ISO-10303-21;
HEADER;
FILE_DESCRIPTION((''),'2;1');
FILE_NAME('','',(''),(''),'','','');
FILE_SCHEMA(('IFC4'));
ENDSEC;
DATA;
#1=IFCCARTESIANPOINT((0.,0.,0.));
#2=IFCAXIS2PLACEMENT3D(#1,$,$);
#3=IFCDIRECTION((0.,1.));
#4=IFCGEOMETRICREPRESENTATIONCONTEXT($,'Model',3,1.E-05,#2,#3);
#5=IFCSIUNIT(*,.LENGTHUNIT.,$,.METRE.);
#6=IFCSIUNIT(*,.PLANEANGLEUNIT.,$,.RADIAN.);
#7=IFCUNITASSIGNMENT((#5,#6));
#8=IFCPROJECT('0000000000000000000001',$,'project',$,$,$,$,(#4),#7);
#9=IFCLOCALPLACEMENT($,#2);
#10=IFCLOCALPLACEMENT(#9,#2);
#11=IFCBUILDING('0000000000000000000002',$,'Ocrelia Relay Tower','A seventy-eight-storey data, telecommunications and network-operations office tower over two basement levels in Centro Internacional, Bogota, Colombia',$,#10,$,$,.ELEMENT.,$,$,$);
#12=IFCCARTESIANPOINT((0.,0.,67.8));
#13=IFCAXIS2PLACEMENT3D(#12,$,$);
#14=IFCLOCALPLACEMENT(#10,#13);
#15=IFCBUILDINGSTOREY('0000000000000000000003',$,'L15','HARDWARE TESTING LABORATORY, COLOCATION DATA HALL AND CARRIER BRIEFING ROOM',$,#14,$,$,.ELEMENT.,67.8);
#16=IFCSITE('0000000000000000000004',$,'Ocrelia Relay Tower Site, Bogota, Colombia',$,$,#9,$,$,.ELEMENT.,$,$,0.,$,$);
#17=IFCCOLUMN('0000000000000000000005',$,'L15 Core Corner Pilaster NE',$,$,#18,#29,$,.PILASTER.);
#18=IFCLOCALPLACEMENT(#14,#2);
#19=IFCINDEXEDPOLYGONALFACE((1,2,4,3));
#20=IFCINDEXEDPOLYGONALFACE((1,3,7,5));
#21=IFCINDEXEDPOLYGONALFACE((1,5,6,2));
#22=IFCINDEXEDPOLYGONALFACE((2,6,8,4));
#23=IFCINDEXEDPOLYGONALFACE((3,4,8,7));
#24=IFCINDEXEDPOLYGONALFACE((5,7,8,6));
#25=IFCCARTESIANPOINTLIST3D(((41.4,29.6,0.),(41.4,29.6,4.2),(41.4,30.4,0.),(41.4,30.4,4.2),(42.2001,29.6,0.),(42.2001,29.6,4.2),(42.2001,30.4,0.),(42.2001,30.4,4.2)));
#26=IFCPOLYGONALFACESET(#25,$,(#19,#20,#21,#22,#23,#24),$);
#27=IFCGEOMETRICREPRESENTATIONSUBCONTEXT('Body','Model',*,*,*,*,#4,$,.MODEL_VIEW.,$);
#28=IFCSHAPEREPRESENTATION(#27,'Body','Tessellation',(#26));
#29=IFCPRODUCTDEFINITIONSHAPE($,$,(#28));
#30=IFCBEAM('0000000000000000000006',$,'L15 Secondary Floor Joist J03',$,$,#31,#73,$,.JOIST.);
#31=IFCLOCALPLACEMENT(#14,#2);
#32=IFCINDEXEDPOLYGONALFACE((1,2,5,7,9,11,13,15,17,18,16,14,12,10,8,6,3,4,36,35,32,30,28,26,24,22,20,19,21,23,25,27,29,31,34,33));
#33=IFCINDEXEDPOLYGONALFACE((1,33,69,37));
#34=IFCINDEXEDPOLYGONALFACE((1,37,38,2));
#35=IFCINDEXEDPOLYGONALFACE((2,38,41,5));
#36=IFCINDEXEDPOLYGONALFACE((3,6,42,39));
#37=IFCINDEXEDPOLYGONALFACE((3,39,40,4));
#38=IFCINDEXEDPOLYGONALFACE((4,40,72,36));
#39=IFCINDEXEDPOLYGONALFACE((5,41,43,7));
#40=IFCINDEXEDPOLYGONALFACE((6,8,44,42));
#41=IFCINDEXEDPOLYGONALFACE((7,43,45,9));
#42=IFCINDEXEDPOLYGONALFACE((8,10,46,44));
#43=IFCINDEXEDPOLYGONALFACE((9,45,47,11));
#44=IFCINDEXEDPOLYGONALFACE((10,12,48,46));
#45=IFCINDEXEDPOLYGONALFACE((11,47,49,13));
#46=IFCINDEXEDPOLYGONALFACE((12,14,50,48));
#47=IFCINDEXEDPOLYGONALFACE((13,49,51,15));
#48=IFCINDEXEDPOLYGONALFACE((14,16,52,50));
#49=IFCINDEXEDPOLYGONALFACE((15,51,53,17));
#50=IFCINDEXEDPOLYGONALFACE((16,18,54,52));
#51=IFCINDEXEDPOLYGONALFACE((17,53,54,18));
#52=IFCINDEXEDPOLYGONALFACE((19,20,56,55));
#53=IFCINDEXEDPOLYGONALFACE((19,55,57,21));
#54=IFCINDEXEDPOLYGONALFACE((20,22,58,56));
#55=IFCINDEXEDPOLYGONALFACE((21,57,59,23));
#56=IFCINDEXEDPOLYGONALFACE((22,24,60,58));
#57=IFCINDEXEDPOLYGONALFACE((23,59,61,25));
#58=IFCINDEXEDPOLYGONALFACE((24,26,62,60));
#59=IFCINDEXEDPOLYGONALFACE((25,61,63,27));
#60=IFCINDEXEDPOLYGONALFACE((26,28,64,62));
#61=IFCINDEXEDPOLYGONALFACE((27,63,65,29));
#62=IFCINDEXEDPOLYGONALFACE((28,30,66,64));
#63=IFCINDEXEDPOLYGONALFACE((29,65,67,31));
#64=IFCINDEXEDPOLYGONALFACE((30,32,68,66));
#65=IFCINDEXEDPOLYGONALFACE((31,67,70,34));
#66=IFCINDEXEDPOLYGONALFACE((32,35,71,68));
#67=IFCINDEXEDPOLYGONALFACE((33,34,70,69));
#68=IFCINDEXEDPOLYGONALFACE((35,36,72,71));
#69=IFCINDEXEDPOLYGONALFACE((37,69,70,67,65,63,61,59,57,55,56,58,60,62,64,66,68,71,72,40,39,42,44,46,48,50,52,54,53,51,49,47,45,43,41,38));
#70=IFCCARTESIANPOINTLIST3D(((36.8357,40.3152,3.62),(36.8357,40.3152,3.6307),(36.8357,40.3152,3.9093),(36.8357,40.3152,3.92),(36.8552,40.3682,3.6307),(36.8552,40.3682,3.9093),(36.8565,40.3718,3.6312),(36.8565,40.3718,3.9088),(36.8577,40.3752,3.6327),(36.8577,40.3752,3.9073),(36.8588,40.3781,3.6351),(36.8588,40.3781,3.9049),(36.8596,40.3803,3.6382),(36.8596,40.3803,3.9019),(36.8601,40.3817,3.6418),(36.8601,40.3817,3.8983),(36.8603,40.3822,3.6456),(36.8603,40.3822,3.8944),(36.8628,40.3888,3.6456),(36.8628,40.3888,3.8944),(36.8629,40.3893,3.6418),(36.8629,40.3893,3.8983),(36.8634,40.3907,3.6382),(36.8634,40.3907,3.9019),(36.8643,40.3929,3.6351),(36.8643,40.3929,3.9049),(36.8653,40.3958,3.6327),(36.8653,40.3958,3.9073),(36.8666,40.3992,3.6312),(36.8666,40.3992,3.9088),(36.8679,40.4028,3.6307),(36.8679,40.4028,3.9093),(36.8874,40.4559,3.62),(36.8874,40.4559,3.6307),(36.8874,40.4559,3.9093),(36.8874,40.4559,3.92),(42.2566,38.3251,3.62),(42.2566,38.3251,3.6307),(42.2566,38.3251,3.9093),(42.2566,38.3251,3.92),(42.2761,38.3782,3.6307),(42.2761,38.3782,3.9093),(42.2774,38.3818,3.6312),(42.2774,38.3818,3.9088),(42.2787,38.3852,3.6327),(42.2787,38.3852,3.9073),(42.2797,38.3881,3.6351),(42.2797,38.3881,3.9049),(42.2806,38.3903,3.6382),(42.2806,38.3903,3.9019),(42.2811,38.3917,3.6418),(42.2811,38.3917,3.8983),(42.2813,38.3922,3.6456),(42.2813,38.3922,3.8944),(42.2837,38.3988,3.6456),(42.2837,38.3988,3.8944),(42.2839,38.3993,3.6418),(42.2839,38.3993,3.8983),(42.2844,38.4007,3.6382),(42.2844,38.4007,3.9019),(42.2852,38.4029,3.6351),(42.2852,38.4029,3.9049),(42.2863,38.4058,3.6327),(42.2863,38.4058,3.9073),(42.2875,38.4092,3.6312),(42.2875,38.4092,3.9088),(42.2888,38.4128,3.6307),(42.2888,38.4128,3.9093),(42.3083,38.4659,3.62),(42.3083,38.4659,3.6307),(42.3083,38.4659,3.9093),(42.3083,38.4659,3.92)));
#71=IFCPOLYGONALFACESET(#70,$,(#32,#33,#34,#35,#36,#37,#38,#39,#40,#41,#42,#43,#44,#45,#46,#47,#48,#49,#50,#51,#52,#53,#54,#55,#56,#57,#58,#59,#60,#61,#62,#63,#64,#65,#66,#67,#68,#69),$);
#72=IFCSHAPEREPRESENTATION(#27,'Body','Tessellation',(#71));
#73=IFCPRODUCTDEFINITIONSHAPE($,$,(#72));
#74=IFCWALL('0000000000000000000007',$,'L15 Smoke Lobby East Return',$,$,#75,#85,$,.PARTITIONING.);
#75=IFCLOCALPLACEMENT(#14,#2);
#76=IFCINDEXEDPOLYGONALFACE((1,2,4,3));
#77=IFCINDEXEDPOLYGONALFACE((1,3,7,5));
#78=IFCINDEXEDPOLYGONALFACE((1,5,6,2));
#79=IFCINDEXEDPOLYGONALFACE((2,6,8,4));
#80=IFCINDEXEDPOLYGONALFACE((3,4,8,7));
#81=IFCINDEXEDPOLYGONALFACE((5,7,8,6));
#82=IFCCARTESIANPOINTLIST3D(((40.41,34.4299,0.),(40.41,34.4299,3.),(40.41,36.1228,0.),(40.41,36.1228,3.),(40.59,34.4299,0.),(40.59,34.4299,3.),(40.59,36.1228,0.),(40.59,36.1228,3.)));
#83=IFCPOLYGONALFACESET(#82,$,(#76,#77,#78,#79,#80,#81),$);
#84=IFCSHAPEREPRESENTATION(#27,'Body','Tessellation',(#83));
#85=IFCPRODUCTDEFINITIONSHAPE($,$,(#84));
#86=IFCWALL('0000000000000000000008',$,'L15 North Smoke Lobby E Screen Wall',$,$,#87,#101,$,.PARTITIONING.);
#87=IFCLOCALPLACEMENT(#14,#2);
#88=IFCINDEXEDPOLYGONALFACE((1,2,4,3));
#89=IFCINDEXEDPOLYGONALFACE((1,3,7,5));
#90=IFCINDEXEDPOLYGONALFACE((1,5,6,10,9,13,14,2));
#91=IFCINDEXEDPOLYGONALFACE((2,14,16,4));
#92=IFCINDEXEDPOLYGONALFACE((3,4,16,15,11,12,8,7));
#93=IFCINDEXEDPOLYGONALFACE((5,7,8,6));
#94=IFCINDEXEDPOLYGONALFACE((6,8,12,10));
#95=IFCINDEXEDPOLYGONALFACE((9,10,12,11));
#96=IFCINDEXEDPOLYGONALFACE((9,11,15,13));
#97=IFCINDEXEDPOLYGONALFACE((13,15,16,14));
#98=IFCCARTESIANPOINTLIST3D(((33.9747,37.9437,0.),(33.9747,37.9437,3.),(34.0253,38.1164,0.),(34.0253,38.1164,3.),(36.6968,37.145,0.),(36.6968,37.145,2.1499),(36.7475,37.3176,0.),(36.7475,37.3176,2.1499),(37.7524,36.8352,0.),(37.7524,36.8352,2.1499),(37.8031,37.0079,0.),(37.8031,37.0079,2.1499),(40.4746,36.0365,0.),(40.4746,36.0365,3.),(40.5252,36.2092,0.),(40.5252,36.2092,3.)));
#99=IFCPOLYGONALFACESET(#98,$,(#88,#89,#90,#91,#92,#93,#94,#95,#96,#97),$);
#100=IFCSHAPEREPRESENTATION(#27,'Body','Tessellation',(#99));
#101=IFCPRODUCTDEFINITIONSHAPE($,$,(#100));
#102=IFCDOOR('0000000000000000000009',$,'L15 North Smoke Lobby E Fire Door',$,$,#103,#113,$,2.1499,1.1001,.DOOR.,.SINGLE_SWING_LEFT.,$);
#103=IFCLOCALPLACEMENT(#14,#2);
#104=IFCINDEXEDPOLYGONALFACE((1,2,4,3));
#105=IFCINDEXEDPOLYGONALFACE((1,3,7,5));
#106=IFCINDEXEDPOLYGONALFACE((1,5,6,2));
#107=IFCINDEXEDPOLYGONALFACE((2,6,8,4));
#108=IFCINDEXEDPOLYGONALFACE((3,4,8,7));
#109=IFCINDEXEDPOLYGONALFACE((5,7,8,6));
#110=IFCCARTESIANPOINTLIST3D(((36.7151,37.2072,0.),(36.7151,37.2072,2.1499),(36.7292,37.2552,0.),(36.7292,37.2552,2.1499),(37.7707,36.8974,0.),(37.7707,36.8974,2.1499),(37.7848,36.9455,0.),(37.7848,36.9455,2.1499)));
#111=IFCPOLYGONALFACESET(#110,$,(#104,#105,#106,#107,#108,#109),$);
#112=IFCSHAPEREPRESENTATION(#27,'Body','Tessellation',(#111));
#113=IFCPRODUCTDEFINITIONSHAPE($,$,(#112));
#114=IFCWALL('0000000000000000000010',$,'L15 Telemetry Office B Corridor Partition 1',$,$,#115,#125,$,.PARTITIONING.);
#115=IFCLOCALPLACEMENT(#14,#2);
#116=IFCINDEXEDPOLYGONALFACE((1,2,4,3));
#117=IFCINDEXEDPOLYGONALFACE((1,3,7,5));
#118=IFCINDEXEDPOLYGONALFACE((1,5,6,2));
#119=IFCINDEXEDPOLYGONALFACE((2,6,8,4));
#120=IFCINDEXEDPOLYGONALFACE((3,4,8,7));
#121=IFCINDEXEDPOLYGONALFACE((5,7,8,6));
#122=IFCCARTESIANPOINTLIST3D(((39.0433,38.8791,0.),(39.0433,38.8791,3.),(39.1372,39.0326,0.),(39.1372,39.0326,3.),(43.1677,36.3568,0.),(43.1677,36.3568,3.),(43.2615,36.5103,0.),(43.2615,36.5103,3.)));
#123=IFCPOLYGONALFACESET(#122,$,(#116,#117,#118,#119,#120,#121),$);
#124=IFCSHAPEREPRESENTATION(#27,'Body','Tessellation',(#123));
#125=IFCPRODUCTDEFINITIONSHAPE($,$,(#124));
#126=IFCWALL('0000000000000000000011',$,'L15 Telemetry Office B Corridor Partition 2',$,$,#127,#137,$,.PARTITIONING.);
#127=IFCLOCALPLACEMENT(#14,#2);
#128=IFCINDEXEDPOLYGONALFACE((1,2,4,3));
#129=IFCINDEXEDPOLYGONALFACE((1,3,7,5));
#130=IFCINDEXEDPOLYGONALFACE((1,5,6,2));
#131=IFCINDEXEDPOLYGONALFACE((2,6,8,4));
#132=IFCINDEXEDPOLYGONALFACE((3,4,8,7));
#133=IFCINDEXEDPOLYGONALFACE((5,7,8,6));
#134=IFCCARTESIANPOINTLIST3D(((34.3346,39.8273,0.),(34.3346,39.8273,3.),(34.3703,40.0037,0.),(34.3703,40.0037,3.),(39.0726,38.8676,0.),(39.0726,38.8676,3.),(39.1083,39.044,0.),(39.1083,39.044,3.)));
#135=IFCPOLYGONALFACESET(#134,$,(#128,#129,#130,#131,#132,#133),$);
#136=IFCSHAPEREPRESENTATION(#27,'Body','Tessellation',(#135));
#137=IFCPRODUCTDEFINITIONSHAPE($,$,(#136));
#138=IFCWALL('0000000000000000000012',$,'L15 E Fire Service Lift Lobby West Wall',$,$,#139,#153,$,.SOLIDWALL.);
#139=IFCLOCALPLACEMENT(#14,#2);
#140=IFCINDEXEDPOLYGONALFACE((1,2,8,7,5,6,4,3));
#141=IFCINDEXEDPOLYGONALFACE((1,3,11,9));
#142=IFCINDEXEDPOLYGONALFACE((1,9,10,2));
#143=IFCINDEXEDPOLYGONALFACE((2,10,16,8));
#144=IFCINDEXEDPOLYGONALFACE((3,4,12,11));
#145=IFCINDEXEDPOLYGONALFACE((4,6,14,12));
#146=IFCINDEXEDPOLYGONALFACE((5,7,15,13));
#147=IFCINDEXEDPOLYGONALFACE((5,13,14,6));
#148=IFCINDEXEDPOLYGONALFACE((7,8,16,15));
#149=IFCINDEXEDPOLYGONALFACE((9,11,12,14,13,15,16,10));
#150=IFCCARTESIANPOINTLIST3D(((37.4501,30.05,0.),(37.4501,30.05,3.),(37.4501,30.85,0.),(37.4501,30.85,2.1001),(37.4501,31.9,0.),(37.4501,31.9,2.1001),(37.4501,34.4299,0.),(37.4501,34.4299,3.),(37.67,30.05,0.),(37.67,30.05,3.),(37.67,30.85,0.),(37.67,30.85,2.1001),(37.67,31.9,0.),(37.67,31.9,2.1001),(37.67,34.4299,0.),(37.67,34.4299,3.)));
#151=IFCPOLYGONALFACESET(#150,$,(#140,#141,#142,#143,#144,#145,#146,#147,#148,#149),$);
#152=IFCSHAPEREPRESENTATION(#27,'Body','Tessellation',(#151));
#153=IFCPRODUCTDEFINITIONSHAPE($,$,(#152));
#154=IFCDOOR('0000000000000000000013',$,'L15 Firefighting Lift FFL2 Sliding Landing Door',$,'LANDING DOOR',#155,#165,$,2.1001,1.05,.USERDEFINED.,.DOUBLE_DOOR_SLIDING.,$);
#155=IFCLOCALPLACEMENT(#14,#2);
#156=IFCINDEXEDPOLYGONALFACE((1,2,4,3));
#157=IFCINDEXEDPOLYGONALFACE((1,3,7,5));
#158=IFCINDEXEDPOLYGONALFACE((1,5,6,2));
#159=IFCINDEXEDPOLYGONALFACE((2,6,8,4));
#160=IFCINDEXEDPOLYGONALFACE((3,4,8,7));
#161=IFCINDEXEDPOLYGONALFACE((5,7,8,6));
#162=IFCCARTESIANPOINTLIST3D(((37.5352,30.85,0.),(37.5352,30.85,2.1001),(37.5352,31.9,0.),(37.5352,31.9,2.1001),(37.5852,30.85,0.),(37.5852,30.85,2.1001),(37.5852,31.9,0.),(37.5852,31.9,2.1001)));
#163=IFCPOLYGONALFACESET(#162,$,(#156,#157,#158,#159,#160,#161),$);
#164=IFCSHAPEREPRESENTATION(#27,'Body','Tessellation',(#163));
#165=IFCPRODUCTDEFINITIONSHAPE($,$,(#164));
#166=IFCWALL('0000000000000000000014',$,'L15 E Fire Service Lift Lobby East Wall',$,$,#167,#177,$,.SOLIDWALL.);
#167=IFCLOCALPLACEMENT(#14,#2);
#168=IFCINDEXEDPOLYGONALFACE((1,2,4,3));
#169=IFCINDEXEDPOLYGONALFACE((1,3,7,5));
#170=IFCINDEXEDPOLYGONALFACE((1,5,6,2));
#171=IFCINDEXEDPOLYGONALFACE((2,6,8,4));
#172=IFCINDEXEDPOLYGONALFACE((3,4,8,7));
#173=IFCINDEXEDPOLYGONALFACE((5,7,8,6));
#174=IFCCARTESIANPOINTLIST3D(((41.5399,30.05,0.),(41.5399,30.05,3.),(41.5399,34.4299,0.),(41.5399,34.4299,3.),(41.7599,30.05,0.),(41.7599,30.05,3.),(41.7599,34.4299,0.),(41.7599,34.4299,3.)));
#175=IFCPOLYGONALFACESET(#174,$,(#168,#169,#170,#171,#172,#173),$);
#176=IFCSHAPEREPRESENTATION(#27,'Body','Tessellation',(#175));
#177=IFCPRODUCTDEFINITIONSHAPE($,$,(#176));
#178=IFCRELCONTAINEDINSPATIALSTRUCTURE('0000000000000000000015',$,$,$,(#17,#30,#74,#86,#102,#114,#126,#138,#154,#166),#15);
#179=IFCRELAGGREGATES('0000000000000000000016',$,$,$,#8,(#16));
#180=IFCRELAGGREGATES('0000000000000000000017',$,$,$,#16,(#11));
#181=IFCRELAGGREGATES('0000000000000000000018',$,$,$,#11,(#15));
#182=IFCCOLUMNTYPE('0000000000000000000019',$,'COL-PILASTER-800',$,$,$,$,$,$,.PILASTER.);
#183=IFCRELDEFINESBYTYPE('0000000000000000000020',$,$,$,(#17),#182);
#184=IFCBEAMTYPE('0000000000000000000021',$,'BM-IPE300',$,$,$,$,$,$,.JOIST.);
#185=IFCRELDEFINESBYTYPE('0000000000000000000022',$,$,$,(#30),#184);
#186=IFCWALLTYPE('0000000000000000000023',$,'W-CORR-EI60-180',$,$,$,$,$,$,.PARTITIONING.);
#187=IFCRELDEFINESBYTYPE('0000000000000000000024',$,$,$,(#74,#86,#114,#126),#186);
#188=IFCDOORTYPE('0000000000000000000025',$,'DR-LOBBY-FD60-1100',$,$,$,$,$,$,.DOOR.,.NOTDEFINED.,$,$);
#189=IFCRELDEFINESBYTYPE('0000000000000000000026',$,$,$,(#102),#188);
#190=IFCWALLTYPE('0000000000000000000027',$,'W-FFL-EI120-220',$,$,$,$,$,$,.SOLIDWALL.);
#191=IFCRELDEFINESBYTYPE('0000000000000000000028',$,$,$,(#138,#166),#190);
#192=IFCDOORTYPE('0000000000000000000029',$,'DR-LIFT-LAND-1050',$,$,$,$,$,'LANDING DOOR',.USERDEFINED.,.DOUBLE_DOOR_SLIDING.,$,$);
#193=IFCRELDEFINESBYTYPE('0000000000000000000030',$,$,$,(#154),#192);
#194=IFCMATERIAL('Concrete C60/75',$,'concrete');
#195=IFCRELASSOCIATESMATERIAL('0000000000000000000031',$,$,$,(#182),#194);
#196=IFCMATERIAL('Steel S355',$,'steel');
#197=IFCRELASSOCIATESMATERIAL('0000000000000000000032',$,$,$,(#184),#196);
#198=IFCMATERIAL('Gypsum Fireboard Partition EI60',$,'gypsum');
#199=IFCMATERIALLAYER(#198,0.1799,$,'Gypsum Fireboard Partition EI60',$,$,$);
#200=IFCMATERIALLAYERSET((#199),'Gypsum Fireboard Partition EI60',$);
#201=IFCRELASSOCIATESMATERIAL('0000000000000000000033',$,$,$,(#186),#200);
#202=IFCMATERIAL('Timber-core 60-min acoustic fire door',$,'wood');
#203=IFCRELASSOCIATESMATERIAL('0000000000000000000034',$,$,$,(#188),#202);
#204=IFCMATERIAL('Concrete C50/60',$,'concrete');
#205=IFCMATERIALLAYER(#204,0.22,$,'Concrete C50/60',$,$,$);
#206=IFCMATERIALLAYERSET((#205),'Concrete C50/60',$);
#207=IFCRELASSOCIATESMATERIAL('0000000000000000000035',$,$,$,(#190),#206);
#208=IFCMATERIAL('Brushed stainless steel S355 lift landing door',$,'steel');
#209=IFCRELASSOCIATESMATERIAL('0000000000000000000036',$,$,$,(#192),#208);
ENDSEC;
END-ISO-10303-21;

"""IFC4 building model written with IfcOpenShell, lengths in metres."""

from ifc_helpers import new_model, si_unit, direction, frame, frame_2d, origin, origin_2d, place, context, subcontext, project, spatial, rectangle, i_section, extrude, material, layer, layer_set, material_profile, profile_set, type_object, element, fill, save


model = new_model("IFC4")

# Units and contexts
model_context = context("Model", 3, precision=1e-05, world=origin(), true_north=direction((0.0, 1.0)))
body_context = subcontext(model_context, "Body", "Model", "MODEL_VIEW")
ifc_project = project(units=[si_unit("LENGTHUNIT", "METRE"), si_unit("PLANEANGLEUNIT", "RADIAN")], contexts=[model_context])

# Site, building, storey
site_placement = place(None, origin())
site = spatial("IfcSite", under=ifc_project, at=site_placement, Name="Ocrelia Relay Tower Site, Bogota, Colombia", CompositionType="ELEMENT", RefElevation=0.0)
building_placement = place(site_placement, origin())
building = spatial("IfcBuilding", under=site, at=building_placement, Name="Ocrelia Relay Tower", Description="A seventy-eight-storey data, telecommunications and network-operations office tower over two basement levels in Centro Internacional, Bogota, Colombia", CompositionType="ELEMENT")
storey_placement = place(building_placement, frame((0.0, 0.0, 67.8)))
storey = spatial("IfcBuildingStorey", under=building, at=storey_placement, Name="L15", Description="HARDWARE TESTING LABORATORY, COLOCATION DATA HALL AND CARRIER BRIEFING ROOM", CompositionType="ELEMENT", Elevation=67.8)

# Column
ifc_material_1 = material(Name="Concrete C60/75", Category="concrete")
ifc_material_profile_1 = material_profile(ifc_material_1, rectangle(XDim=0.8, YDim=0.8, at=origin_2d()), Name="RC-COL-800x800")
ifc_profile_set_1 = profile_set([ifc_material_profile_1], Name="Concrete C60/75")
column_type = type_object("IfcColumnType", Name="COL-PILASTER-800", PredefinedType="PILASTER", material=ifc_profile_set_1)
column_placement = place(storey_placement, frame((41.8, 30.0, 0.0), z_axis=(0.0, 0.0, 1.0), x_axis=(1.0, 0.0, 0.0)))
element("IfcColumn", 1, at=column_placement, inside=storey, type_object=column_type, Name="L15 Core Corner Pilaster NE", PredefinedType="PILASTER", context=body_context, shape_type="SweptSolid", body=[
    extrude(rectangle(XDim=0.8, YDim=0.8, at=origin_2d()), origin(), (0.0, 0.0, 1.0), 4.2),
])

# Beam
ifc_material_2 = material(Name="Steel S355", Category="steel")
ifc_material_profile_2 = material_profile(ifc_material_2, i_section(OverallWidth=0.1499, OverallDepth=0.3, WebThickness=0.0071, FlangeThickness=0.0107, FilletRadius=0.0149, at=origin_2d()), Name="IPE 300")
ifc_profile_set_2 = profile_set([ifc_material_profile_2], Name="Steel S355")
beam_type = type_object("IfcBeamType", Name="BM-IPE300", PredefinedType="JOIST", material=ifc_profile_set_2)
beam_placement = place(storey_placement, frame((42.2825, 38.3955, 3.77), z_axis=(-0.938746, 0.34461, 0.0), x_axis=(-0.34461, -0.938746, 0.0)))
element("IfcBeam", 2, at=beam_placement, inside=storey, type_object=beam_type, Name="L15 Secondary Floor Joist J03", PredefinedType="JOIST", context=body_context, shape_type="SweptSolid", body=[
    extrude(i_section(OverallWidth=0.1499, OverallDepth=0.3, WebThickness=0.0071, FlangeThickness=0.0107, FilletRadius=0.0149, at=origin_2d()), origin(), (0.0, 0.0, 1.0), 5.7747),
])

# Wall
ifc_material_3 = material(Name="Gypsum Fireboard Partition EI60", Category="gypsum")
ifc_layer_1 = layer(ifc_material_3, 0.1799, Name="Gypsum Fireboard Partition EI60")
ifc_layer_set_1 = layer_set([ifc_layer_1], Name="Gypsum Fireboard Partition EI60")
wall_type_1 = type_object("IfcWallType", Name="W-CORR-EI60-180", PredefinedType="PARTITIONING", material=ifc_layer_set_1)
wall_1_placement = place(storey_placement, frame((40.5, 36.1228, 0.0), z_axis=(0.0, 0.0, 1.0), x_axis=(0.0, -1.0, 0.0)))
element("IfcWall", 3, at=wall_1_placement, inside=storey, type_object=wall_type_1, Name="L15 Smoke Lobby East Return", PredefinedType="PARTITIONING", context=body_context, shape_type="SweptSolid", body=[
    extrude(rectangle(XDim=1.6929, YDim=0.1799, at=frame_2d((0.8464, 0.0))), origin(), (0.0, 0.0, 1.0), 3.0),
])

# Wall, opening, door
wall_2_placement = place(storey_placement, frame((34.0, 38.03, 0.0), z_axis=(0.0, 0.0, 1.0), x_axis=(0.959547, -0.28155, 0.0)))
wall_2 = element("IfcWall", 4, at=wall_2_placement, inside=storey, type_object=wall_type_1, Name="L15 North Smoke Lobby E Screen Wall", PredefinedType="PARTITIONING", context=body_context, shape_type="SweptSolid", body=[
    extrude(rectangle(XDim=6.7739, YDim=0.1799, at=frame_2d((3.387, 0.0))), origin(), (0.0, 0.0, 1.0), 3.0),
])
opening_1_placement = place(wall_2_placement, frame((2.8369, 0.0, 0.0)))
opening_1 = element("IfcOpeningElement", 5, at=opening_1_placement, cuts=wall_2, PredefinedType="OPENING", context=body_context, shape_type="SweptSolid", body=[
    extrude(rectangle(XDim=1.1001, YDim=2.1499, at=frame_2d((0.55, 1.075))), frame((0.0, 0.1001, 0.0), z_axis=(0.0, -1.0, 0.0), x_axis=(1.0, 0.0, 0.0)), (0.0, 0.0, 1.0), 0.2),
])
ifc_material_4 = material(Name="Timber-core 60-min acoustic fire door", Category="wood")
door_type_1 = type_object("IfcDoorType", Name="DR-LOBBY-FD60-1100", OperationType="NOTDEFINED", PredefinedType="DOOR", material=ifc_material_4)
door_1_placement = place(opening_1_placement, origin())
door_1 = element("IfcDoor", 6, at=door_1_placement, inside=storey, type_object=door_type_1, Name="L15 North Smoke Lobby E Fire Door", OperationType="SINGLE_SWING_LEFT", OverallHeight=2.1499, OverallWidth=1.1001, PredefinedType="DOOR", context=body_context, shape_type="SweptSolid", body=[
    extrude(rectangle(XDim=1.1001, YDim=2.1499, at=frame_2d((0.55, 1.075))), frame((0.0, 0.0249, 0.0), z_axis=(0.0, -1.0, 0.0), x_axis=(1.0, 0.0, 0.0)), (0.0, 0.0, 1.0), 0.05),
])
fill(opening_1, door_1)

# Walls
wall_3_placement = place(storey_placement, frame((43.2146, 36.4336, 0.0), z_axis=(0.0, 0.0, 1.0), x_axis=(-0.853113, 0.521726, 0.0)))
element("IfcWall", 7, at=wall_3_placement, inside=storey, type_object=wall_type_1, Name="L15 Telemetry Office B Corridor Partition 1", PredefinedType="PARTITIONING", context=body_context, shape_type="SweptSolid", body=[
    extrude(rectangle(XDim=4.8345, YDim=0.1799, at=frame_2d((2.4172, 0.0))), origin(), (0.0, 0.0, 1.0), 3.0),
])
wall_4_placement = place(storey_placement, frame((39.0903, 38.9558, 0.0), z_axis=(0.0, 0.0, 1.0), x_axis=(-0.980096, 0.198524, 0.0)))
element("IfcWall", 8, at=wall_4_placement, inside=storey, type_object=wall_type_1, Name="L15 Telemetry Office B Corridor Partition 2", PredefinedType="PARTITIONING", context=body_context, shape_type="SweptSolid", body=[
    extrude(rectangle(XDim=4.8342, YDim=0.1799, at=frame_2d((2.417, 0.0))), origin(), (0.0, 0.0, 1.0), 3.0),
])

# Wall, opening, door
ifc_material_5 = material(Name="Concrete C50/60", Category="concrete")
ifc_layer_2 = layer(ifc_material_5, 0.22, Name="Concrete C50/60")
ifc_layer_set_2 = layer_set([ifc_layer_2], Name="Concrete C50/60")
wall_type_2 = type_object("IfcWallType", Name="W-FFL-EI120-220", PredefinedType="SOLIDWALL", material=ifc_layer_set_2)
wall_5_placement = place(storey_placement, frame((37.5601, 30.05, 0.0), z_axis=(0.0, 0.0, 1.0), x_axis=(0.0, 1.0, 0.0)))
wall_5 = element("IfcWall", 9, at=wall_5_placement, inside=storey, type_object=wall_type_2, Name="L15 E Fire Service Lift Lobby West Wall", PredefinedType="SOLIDWALL", context=body_context, shape_type="SweptSolid", body=[
    extrude(rectangle(XDim=4.3799, YDim=0.22, at=frame_2d((2.1899, 0.0))), origin(), (0.0, 0.0, 1.0), 3.0),
])
opening_2_placement = place(wall_5_placement, frame((0.8, 0.0, 0.0)))
opening_2 = element("IfcOpeningElement", 10, at=opening_2_placement, cuts=wall_5, PredefinedType="OPENING", context=body_context, shape_type="SweptSolid", body=[
    extrude(rectangle(XDim=1.05, YDim=2.1001, at=frame_2d((0.5249, 1.05))), frame((0.0, 0.1201, 0.0), z_axis=(0.0, -1.0, 0.0), x_axis=(1.0, 0.0, 0.0)), (0.0, 0.0, 1.0), 0.24),
])
ifc_material_6 = material(Name="Brushed stainless steel S355 lift landing door", Category="steel")
door_type_2 = type_object("IfcDoorType", Name="DR-LIFT-LAND-1050", ElementType="LANDING DOOR", OperationType="DOUBLE_DOOR_SLIDING", PredefinedType="USERDEFINED", material=ifc_material_6)
door_2_placement = place(opening_2_placement, origin())
door_2 = element("IfcDoor", 11, at=door_2_placement, inside=storey, type_object=door_type_2, Name="L15 Firefighting Lift FFL2 Sliding Landing Door", ObjectType="LANDING DOOR", OperationType="DOUBLE_DOOR_SLIDING", OverallHeight=2.1001, OverallWidth=1.05, PredefinedType="USERDEFINED", context=body_context, shape_type="SweptSolid", body=[
    extrude(rectangle(XDim=1.05, YDim=2.1001, at=frame_2d((0.5249, 1.05))), frame((0.0, 0.0249, 0.0), z_axis=(0.0, -1.0, 0.0), x_axis=(1.0, 0.0, 0.0)), (0.0, 0.0, 1.0), 0.05),
])
fill(opening_2, door_2)

# Wall
wall_6_placement = place(storey_placement, frame((41.6499, 30.05, 0.0), z_axis=(0.0, 0.0, 1.0), x_axis=(0.0, 1.0, 0.0)))
element("IfcWall", 12, at=wall_6_placement, inside=storey, type_object=wall_type_2, Name="L15 E Fire Service Lift Lobby East Wall", PredefinedType="SOLIDWALL", context=body_context, shape_type="SweptSolid", body=[
    extrude(rectangle(XDim=4.3799, YDim=0.22, at=frame_2d((2.1899, 0.0))), origin(), (0.0, 0.0, 1.0), 3.0),
])

save(model, "model.ifc")
